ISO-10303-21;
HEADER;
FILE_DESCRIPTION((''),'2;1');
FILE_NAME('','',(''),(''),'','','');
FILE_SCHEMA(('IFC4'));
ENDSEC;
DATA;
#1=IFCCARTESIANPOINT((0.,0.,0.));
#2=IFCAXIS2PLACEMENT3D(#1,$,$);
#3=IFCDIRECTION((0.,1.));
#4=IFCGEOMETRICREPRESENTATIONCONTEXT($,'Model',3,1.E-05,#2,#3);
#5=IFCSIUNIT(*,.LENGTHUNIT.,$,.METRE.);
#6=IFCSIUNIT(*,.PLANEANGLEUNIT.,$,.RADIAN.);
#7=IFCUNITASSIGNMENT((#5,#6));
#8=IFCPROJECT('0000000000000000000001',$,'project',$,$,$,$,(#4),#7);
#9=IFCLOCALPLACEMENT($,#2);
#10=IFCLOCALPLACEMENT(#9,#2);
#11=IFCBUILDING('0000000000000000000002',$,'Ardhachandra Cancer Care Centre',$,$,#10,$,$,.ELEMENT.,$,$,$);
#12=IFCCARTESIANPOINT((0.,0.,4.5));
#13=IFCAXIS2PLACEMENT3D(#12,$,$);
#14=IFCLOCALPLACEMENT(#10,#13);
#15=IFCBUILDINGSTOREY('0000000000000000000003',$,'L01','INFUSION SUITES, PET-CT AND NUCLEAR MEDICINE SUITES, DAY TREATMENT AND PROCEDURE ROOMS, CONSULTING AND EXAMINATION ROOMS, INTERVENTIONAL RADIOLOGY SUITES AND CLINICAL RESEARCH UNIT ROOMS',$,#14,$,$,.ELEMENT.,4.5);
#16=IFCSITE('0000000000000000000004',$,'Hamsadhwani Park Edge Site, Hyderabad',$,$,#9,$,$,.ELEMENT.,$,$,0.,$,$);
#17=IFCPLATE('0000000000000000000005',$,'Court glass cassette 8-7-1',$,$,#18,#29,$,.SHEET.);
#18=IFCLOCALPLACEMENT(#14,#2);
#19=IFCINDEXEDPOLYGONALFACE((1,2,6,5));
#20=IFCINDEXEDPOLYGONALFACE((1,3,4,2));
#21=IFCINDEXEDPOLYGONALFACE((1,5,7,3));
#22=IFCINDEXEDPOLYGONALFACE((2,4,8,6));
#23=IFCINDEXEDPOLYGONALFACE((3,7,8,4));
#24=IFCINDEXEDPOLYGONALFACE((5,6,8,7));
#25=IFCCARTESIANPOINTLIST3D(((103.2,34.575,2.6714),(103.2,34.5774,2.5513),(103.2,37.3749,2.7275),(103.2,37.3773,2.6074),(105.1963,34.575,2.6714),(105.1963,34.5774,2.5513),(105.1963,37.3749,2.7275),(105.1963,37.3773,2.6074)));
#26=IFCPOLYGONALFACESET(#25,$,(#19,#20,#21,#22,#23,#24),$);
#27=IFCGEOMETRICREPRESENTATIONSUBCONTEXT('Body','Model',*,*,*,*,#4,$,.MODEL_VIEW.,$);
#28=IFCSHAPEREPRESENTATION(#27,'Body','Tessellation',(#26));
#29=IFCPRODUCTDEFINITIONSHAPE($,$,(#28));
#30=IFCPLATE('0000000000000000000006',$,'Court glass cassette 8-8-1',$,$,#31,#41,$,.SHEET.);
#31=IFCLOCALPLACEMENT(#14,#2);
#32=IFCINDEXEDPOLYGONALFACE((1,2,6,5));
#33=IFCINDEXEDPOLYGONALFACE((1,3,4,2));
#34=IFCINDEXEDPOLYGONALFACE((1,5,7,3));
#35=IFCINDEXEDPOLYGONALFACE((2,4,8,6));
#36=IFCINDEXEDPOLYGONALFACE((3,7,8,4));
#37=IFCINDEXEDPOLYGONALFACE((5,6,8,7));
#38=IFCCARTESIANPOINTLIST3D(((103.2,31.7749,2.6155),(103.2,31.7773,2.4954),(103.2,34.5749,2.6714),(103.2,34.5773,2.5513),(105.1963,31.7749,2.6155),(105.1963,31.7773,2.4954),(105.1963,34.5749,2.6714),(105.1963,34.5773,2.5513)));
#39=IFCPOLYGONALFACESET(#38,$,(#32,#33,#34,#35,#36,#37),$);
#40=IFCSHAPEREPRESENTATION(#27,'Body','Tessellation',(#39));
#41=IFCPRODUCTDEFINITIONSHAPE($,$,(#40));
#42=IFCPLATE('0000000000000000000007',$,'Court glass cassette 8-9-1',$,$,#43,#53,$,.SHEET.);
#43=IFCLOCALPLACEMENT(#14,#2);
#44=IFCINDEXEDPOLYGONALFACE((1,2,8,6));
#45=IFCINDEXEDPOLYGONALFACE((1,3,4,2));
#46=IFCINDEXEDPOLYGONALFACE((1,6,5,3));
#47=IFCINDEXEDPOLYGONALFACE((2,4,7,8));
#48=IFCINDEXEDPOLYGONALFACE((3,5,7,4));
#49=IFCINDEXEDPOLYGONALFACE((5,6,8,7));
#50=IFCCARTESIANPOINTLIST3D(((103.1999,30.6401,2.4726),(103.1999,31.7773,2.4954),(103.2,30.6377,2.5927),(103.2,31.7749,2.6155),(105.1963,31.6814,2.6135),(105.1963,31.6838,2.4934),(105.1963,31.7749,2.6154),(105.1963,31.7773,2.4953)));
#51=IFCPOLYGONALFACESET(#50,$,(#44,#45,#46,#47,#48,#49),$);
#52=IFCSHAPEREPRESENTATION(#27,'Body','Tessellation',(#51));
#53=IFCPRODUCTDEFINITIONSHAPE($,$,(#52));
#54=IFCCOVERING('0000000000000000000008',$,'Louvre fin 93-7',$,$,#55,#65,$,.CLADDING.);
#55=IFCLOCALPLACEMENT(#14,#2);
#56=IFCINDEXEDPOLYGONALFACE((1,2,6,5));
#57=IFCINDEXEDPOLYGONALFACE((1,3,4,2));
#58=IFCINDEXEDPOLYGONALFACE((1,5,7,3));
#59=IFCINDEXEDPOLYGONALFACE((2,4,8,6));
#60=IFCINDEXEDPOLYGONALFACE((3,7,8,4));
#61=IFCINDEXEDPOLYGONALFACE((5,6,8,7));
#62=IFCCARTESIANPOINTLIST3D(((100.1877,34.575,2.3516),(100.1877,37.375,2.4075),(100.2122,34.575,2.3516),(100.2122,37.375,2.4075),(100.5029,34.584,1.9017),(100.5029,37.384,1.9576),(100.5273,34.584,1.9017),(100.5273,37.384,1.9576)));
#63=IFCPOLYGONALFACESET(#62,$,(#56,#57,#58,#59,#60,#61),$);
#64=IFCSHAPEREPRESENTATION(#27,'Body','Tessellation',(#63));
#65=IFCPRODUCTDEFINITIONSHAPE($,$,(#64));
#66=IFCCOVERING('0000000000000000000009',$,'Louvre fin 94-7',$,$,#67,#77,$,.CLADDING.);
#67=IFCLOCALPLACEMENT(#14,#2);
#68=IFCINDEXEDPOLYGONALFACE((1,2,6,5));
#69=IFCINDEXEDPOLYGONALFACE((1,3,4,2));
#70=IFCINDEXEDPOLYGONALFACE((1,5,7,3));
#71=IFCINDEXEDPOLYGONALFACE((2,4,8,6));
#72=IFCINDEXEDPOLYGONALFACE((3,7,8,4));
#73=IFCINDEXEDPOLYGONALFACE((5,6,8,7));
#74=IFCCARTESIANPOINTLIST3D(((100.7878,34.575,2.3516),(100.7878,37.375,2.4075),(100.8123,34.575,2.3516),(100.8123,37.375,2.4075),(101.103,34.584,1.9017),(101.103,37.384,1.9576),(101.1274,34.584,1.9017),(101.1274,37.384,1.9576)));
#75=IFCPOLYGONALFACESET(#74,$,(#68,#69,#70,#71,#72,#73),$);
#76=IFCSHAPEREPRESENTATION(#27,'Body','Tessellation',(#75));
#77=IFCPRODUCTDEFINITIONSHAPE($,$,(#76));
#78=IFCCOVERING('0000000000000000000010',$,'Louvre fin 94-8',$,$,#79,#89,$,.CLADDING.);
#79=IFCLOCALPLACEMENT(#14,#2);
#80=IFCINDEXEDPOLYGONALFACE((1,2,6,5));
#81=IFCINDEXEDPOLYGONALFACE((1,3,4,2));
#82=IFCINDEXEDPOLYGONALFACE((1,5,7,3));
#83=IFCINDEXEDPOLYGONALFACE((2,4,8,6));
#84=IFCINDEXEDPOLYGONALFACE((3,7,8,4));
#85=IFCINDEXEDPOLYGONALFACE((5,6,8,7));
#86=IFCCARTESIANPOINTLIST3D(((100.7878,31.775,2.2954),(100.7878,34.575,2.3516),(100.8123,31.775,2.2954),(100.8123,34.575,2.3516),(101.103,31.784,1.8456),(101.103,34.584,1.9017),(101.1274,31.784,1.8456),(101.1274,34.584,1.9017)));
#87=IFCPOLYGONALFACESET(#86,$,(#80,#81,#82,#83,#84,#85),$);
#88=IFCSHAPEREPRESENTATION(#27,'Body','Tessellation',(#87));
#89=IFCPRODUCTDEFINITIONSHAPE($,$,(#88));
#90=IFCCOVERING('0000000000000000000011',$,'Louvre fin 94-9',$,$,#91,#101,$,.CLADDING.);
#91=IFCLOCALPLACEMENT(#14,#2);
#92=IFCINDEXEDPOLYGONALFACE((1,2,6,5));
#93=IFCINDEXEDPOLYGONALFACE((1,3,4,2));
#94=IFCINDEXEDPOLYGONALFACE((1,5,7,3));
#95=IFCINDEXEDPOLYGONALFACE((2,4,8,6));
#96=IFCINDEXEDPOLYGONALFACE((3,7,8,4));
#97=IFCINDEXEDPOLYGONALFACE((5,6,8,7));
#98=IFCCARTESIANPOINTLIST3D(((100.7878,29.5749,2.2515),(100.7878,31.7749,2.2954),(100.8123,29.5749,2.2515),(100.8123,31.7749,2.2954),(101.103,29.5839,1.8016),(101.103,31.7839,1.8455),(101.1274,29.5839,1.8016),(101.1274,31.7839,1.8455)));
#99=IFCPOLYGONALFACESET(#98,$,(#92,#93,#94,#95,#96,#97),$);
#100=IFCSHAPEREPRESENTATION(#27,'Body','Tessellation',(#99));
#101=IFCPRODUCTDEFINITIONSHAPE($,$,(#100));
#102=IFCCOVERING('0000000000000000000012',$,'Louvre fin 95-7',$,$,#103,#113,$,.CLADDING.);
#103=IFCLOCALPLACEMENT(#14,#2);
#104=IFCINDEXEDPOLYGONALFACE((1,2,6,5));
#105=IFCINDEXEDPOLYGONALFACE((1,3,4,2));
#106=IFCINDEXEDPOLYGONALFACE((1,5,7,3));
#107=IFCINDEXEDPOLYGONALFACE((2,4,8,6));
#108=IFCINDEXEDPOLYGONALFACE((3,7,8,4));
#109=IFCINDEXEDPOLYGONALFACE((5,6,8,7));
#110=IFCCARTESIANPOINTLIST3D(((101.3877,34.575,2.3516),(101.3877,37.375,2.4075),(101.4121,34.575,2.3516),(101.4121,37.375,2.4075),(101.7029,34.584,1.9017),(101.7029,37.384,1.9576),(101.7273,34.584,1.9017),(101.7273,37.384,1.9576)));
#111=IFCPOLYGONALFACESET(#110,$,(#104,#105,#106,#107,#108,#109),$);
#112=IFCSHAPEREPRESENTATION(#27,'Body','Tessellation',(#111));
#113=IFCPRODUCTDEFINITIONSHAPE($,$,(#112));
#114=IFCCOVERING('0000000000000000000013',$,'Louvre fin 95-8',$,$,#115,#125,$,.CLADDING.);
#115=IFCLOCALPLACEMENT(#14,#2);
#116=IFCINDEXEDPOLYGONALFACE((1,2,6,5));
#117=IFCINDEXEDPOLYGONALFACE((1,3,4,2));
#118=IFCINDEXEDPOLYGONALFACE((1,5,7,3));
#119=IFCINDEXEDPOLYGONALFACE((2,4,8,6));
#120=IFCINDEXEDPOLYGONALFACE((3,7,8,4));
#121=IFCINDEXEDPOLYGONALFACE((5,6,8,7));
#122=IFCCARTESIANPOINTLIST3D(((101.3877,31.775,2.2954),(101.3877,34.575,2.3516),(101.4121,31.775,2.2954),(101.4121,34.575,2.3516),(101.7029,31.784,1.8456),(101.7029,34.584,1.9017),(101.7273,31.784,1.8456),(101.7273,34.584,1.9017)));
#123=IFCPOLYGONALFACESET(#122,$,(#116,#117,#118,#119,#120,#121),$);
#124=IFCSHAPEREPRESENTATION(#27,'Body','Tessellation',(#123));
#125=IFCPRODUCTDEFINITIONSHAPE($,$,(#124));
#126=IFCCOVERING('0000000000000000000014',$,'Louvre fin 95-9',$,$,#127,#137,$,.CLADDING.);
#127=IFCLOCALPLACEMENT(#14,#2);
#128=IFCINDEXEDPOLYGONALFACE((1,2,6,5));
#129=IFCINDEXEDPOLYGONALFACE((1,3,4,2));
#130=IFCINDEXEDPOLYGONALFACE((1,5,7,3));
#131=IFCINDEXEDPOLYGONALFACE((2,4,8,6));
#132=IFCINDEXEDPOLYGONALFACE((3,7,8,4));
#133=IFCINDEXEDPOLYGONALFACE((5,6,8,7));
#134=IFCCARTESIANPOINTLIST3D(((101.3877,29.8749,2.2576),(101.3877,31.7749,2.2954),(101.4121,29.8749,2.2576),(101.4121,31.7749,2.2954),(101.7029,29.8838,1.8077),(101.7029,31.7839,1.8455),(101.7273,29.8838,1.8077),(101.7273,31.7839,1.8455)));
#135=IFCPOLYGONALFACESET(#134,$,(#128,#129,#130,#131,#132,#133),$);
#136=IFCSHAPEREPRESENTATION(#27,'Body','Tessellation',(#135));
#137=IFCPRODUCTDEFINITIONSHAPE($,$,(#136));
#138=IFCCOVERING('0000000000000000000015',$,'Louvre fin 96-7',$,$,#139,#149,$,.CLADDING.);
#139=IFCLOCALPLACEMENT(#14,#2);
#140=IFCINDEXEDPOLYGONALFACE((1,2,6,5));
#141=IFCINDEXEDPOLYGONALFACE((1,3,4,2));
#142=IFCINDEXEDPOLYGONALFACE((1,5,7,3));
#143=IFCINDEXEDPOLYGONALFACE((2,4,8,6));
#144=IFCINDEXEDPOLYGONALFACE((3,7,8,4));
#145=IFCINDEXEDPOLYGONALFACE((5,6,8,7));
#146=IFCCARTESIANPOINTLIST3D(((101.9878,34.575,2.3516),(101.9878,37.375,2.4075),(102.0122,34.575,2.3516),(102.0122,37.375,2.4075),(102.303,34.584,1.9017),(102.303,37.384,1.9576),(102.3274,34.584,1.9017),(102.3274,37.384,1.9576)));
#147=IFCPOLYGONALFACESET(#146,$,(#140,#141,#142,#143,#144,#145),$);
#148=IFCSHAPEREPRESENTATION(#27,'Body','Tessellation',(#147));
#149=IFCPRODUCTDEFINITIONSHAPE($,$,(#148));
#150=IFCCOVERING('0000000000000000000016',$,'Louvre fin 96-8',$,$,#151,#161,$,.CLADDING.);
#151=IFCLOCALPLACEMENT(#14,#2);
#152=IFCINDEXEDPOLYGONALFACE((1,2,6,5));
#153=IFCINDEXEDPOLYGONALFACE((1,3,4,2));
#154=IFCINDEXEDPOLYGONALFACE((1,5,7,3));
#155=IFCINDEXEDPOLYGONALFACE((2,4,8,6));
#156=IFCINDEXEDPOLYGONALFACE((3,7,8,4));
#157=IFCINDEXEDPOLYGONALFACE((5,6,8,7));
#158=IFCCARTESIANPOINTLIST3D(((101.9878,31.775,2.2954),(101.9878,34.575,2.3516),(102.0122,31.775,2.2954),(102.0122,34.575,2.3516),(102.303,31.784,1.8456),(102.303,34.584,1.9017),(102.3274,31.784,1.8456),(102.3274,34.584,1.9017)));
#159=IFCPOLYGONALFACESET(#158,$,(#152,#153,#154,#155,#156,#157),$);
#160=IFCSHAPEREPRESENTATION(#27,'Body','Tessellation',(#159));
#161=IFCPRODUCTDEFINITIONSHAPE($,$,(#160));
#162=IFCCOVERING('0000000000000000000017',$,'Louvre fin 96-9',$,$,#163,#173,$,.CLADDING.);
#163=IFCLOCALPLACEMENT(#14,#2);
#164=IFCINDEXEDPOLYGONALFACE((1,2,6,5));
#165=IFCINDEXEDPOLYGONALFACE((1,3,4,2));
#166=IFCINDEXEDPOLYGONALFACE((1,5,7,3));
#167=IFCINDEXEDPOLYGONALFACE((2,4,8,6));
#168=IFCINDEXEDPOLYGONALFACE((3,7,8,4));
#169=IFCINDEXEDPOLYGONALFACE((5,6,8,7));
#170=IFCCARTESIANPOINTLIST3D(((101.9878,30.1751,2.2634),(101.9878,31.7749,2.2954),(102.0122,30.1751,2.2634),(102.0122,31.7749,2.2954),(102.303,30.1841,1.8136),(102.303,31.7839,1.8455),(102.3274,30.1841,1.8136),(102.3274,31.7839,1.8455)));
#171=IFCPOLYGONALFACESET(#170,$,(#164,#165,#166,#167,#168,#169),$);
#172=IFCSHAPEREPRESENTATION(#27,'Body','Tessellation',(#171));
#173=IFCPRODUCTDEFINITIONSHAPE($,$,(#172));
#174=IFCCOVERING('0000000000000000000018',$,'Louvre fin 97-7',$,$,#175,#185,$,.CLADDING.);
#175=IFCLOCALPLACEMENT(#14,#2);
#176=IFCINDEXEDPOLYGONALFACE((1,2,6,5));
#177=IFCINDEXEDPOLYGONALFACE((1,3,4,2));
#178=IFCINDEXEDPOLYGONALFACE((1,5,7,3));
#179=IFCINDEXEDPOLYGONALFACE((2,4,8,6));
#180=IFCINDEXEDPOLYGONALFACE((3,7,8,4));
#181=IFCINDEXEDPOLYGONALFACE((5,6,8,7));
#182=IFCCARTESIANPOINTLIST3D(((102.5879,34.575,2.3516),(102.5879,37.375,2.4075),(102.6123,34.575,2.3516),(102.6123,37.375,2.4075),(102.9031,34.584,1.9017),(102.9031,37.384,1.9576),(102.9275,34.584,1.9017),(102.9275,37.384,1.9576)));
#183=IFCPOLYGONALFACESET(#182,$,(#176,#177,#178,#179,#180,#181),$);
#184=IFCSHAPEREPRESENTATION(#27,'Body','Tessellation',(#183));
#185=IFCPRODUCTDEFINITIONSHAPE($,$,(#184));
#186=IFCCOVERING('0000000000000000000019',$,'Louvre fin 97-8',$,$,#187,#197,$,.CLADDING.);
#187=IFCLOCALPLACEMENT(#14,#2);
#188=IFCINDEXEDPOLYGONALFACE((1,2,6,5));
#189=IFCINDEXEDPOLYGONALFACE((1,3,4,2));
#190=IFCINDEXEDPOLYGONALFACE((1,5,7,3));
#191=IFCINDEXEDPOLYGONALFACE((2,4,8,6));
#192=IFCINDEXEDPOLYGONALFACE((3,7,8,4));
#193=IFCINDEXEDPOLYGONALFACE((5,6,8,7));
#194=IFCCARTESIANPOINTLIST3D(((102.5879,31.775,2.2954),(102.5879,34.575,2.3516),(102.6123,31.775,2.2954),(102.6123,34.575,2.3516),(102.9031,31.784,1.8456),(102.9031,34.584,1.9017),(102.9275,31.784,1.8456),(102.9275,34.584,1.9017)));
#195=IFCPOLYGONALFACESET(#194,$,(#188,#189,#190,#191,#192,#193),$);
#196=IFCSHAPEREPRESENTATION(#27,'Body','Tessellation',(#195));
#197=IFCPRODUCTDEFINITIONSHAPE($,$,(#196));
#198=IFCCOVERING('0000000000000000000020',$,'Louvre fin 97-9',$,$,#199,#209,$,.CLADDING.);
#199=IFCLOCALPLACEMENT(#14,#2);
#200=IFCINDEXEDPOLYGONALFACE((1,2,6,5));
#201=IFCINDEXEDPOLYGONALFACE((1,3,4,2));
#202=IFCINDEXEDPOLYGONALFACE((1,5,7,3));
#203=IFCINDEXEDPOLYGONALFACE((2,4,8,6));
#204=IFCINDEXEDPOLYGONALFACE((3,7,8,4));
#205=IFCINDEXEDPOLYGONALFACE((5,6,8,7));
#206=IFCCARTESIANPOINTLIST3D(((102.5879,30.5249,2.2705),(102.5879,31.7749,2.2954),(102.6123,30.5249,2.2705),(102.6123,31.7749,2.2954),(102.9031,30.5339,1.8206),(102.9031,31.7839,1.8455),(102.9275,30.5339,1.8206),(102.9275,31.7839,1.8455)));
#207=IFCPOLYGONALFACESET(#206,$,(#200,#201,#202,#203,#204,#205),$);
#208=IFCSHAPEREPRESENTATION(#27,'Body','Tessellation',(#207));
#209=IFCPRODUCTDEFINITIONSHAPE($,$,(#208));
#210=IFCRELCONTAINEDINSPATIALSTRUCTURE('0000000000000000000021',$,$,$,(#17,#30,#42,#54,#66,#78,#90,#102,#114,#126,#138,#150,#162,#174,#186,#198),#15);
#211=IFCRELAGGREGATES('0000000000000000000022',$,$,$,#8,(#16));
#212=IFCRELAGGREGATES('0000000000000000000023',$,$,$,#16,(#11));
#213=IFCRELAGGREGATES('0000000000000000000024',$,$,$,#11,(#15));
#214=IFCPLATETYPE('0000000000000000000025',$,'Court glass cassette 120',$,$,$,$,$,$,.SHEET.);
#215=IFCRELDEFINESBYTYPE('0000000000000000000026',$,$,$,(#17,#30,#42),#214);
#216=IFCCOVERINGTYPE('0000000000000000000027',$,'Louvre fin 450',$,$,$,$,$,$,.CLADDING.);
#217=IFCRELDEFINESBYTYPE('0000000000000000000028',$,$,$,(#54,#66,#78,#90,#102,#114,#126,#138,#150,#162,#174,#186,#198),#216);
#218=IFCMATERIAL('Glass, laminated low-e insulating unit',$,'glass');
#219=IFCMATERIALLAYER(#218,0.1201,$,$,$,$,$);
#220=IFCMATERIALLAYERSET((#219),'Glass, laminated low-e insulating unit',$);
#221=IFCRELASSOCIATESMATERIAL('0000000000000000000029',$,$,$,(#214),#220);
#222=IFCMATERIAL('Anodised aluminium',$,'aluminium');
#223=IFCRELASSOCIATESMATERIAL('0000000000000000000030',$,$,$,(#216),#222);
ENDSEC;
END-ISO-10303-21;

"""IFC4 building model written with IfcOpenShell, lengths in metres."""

from ifc_helpers import new_model, si_unit, direction, frame, origin, place, context, subcontext, project, spatial, polyline, outline, extrude, material, layer, layer_set, material_profile, profile_set, type_object, element, save


model = new_model("IFC4")

# Units and contexts
model_context = context("Model", 3, precision=1e-05, world=origin(), true_north=direction((0.0, 1.0)))
body_context = subcontext(model_context, "Body", "Model", "MODEL_VIEW")
ifc_project = project(units=[si_unit("LENGTHUNIT", "METRE"), si_unit("PLANEANGLEUNIT", "RADIAN")], contexts=[model_context])

# Site, building, storey
site_placement = place(None, origin())
site = spatial("IfcSite", under=ifc_project, at=site_placement, Name="Hamsadhwani Park Edge Site, Hyderabad", CompositionType="ELEMENT", RefElevation=0.0)
building_placement = place(site_placement, origin())
building = spatial("IfcBuilding", under=site, at=building_placement, Name="Ardhachandra Cancer Care Centre", CompositionType="ELEMENT")
storey_placement = place(building_placement, frame((0.0, 0.0, 4.5)))
storey = spatial("IfcBuildingStorey", under=building, at=storey_placement, Name="L01", Description="INFUSION SUITES, PET-CT AND NUCLEAR MEDICINE SUITES, DAY TREATMENT AND PROCEDURE ROOMS, CONSULTING AND EXAMINATION ROOMS, INTERVENTIONAL RADIOLOGY SUITES AND CLINICAL RESEARCH UNIT ROOMS", CompositionType="ELEMENT", Elevation=4.5)

# Plates
ifc_material_1 = material(Name="Glass, laminated low-e insulating unit", Category="glass")
ifc_layer = layer(ifc_material_1, 0.1201)
ifc_layer_set = layer_set([ifc_layer], Name="Glass, laminated low-e insulating unit")
plate_type = type_object("IfcPlateType", Name="Court glass cassette 120", PredefinedType="SHEET", material=ifc_layer_set)
for number, where, z_axis, x_axis, name in (
    (1, (103.2, 34.575, 2.6714), (0.0, -0.02005, 0.999799), (0.0, 0.999799, 0.02005), "Court glass cassette 8-7-1"),
    (2, (103.2, 31.7749, 2.6155), (0.0, -0.019963, 0.999801), (0.0, 0.999801, 0.019963), "Court glass cassette 8-8-1"),
):
    element("IfcPlate", number, at=place(storey_placement, frame(where, z_axis=z_axis, x_axis=x_axis)), inside=storey, type_object=plate_type, Name=name, PredefinedType="SHEET", context=body_context, shape_type="SweptSolid", body=[
        extrude(outline(polyline([(0.0, -1.9963), (2.8005, -1.9963), (2.8005, 0.0), (0.0, 0.0), (0.0, -1.9963)])), frame((0.0, 0.0, -0.1201)), (0.0, 0.0, 1.0), 0.1201),
    ])
plate_1_placement = place(storey_placement, frame((103.2, 31.7749, 2.6155), z_axis=(0.00004, -0.020032, 0.999799), x_axis=(1.0, 0.000001, -0.00004)))
element("IfcPlate", 3, at=plate_1_placement, inside=storey, type_object=plate_type, Name="Court glass cassette 8-9-1", PredefinedType="SHEET", context=body_context, shape_type="SweptSolid", body=[
    extrude(outline(polyline([(0.0, -1.1375), (1.9963, -0.0935), (1.9963, 0.0), (0.0, 0.0), (0.0, -1.1375)])), frame((0.0, 0.0, -0.1201)), (0.0, 0.0, 1.0), 0.1201),
])

# Coverings
ifc_material_2 = material(Name="Anodised aluminium", Category="aluminium")
ifc_material_profile_1 = material_profile(ifc_material_2, outline(polyline([(-0.0122, 0.0), (0.0122, 0.0), (0.3274, -0.45), (0.303, -0.45), (-0.0122, 0.0)])), Name="Louvre fin 450")
ifc_profile_set_1 = profile_set([ifc_material_profile_1], Name="Anodised aluminium")
covering_type = type_object("IfcCoveringType", Name="Louvre fin 450", PredefinedType="CLADDING", material=ifc_profile_set_1)
for number, where, z_axis, x_axis, name in (
    (4, (100.2, 37.375, 2.4075), (0.0, -0.999801, -0.019963), (1.0, 0.0, 0.0), "Louvre fin 93-7"),
    (5, (100.8, 37.375, 2.4075), (0.0, -0.999801, -0.019963), (1.0, 0.0, 0.0), "Louvre fin 94-7"),
    (6, (100.8, 34.575, 2.3516), (0.0, -0.999799, -0.02005), (1.0, 0.0, 0.0), "Louvre fin 94-8"),
):
    element("IfcCovering", number, at=place(storey_placement, frame(where, z_axis=z_axis, x_axis=x_axis)), inside=storey, type_object=covering_type, Name=name, PredefinedType="CLADDING", context=body_context, shape_type="SweptSolid", body=[
        extrude(outline(polyline([(-0.0122, 0.0), (0.0122, 0.0), (0.3274, -0.45), (0.303, -0.45), (-0.0122, 0.0)])), origin(), (0.0, 0.0, 1.0), 2.8005),
    ])
covering_1_placement = place(storey_placement, frame((100.8, 31.7749, 2.2954), z_axis=(0.0, -0.999801, -0.019972), x_axis=(1.0, 0.0, 0.0)))
element("IfcCovering", 7, at=covering_1_placement, inside=storey, type_object=covering_type, Name="Louvre fin 94-9", PredefinedType="CLADDING", context=body_context, shape_type="SweptSolid", body=[
    extrude(outline(polyline([(-0.0122, 0.0), (0.0122, 0.0), (0.3274, -0.45), (0.303, -0.45), (-0.0122, 0.0)])), origin(), (0.0, 0.0, 1.0), 2.2004),
])
for number, where, z_axis, x_axis, name in (
    (8, (101.3999, 37.375, 2.4075), (0.0, -0.999801, -0.019963), (1.0, 0.0, 0.0), "Louvre fin 95-7"),
    (9, (101.3999, 34.575, 2.3516), (0.0, -0.999799, -0.02005), (1.0, 0.0, 0.0), "Louvre fin 95-8"),
):
    element("IfcCovering", number, at=place(storey_placement, frame(where, z_axis=z_axis, x_axis=x_axis)), inside=storey, type_object=covering_type, Name=name, PredefinedType="CLADDING", context=body_context, shape_type="SweptSolid", body=[
        extrude(outline(polyline([(-0.0122, 0.0), (0.0122, 0.0), (0.3274, -0.45), (0.303, -0.45), (-0.0122, 0.0)])), origin(), (0.0, 0.0, 1.0), 2.8005),
    ])
covering_2_placement = place(storey_placement, frame((101.3999, 31.7749, 2.2954), z_axis=(0.0, -0.999802, -0.019914), x_axis=(1.0, 0.0, 0.0)))
element("IfcCovering", 10, at=covering_2_placement, inside=storey, type_object=covering_type, Name="Louvre fin 95-9", PredefinedType="CLADDING", context=body_context, shape_type="SweptSolid", body=[
    extrude(outline(polyline([(-0.0122, 0.0), (0.0122, 0.0), (0.3274, -0.45), (0.303, -0.45), (-0.0122, 0.0)])), origin(), (0.0, 0.0, 1.0), 1.9004),
])
for number, where, z_axis, x_axis, name in (
    (11, (102.0, 37.375, 2.4075), (0.0, -0.999801, -0.019963), (1.0, 0.0, 0.0), "Louvre fin 96-7"),
    (12, (102.0, 34.575, 2.3516), (0.0, -0.999799, -0.02005), (1.0, 0.0, 0.0), "Louvre fin 96-8"),
):
    element("IfcCovering", number, at=place(storey_placement, frame(where, z_axis=z_axis, x_axis=x_axis)), inside=storey, type_object=covering_type, Name=name, PredefinedType="CLADDING", context=body_context, shape_type="SweptSolid", body=[
        extrude(outline(polyline([(-0.0122, 0.0), (0.0122, 0.0), (0.3274, -0.45), (0.303, -0.45), (-0.0122, 0.0)])), origin(), (0.0, 0.0, 1.0), 2.8005),
    ])
covering_3_placement = place(storey_placement, frame((102.0, 31.7749, 2.2954), z_axis=(0.0, -0.9998, -0.019987), x_axis=(1.0, 0.0, 0.0)))
element("IfcCovering", 13, at=covering_3_placement, inside=storey, type_object=covering_type, Name="Louvre fin 96-9", PredefinedType="CLADDING", context=body_context, shape_type="SweptSolid", body=[
    extrude(outline(polyline([(-0.0122, 0.0), (0.0122, 0.0), (0.3274, -0.45), (0.303, -0.45), (-0.0122, 0.0)])), origin(), (0.0, 0.0, 1.0), 1.6001),
])
for number, where, z_axis, x_axis, name in (
    (14, (102.6001, 37.375, 2.4075), (0.0, -0.999801, -0.019963), (1.0, 0.0, 0.0), "Louvre fin 97-7"),
    (15, (102.6001, 34.575, 2.3516), (0.0, -0.999799, -0.02005), (1.0, 0.0, 0.0), "Louvre fin 97-8"),
):
    element("IfcCovering", number, at=place(storey_placement, frame(where, z_axis=z_axis, x_axis=x_axis)), inside=storey, type_object=covering_type, Name=name, PredefinedType="CLADDING", context=body_context, shape_type="SweptSolid", body=[
        extrude(outline(polyline([(-0.0122, 0.0), (0.0122, 0.0), (0.3274, -0.45), (0.303, -0.45), (-0.0122, 0.0)])), origin(), (0.0, 0.0, 1.0), 2.8005),
    ])
covering_4_placement = place(storey_placement, frame((102.6001, 31.7749, 2.2954), z_axis=(0.0, -0.999802, -0.019918), x_axis=(1.0, 0.0, 0.0)))
element("IfcCovering", 16, at=covering_4_placement, inside=storey, type_object=covering_type, Name="Louvre fin 97-9", PredefinedType="CLADDING", context=body_context, shape_type="SweptSolid", body=[
    extrude(outline(polyline([(-0.0122, 0.0), (0.0122, 0.0), (0.3274, -0.45), (0.303, -0.45), (-0.0122, 0.0)])), origin(), (0.0, 0.0, 1.0), 1.2502),
])

save(model, "model.ifc")
